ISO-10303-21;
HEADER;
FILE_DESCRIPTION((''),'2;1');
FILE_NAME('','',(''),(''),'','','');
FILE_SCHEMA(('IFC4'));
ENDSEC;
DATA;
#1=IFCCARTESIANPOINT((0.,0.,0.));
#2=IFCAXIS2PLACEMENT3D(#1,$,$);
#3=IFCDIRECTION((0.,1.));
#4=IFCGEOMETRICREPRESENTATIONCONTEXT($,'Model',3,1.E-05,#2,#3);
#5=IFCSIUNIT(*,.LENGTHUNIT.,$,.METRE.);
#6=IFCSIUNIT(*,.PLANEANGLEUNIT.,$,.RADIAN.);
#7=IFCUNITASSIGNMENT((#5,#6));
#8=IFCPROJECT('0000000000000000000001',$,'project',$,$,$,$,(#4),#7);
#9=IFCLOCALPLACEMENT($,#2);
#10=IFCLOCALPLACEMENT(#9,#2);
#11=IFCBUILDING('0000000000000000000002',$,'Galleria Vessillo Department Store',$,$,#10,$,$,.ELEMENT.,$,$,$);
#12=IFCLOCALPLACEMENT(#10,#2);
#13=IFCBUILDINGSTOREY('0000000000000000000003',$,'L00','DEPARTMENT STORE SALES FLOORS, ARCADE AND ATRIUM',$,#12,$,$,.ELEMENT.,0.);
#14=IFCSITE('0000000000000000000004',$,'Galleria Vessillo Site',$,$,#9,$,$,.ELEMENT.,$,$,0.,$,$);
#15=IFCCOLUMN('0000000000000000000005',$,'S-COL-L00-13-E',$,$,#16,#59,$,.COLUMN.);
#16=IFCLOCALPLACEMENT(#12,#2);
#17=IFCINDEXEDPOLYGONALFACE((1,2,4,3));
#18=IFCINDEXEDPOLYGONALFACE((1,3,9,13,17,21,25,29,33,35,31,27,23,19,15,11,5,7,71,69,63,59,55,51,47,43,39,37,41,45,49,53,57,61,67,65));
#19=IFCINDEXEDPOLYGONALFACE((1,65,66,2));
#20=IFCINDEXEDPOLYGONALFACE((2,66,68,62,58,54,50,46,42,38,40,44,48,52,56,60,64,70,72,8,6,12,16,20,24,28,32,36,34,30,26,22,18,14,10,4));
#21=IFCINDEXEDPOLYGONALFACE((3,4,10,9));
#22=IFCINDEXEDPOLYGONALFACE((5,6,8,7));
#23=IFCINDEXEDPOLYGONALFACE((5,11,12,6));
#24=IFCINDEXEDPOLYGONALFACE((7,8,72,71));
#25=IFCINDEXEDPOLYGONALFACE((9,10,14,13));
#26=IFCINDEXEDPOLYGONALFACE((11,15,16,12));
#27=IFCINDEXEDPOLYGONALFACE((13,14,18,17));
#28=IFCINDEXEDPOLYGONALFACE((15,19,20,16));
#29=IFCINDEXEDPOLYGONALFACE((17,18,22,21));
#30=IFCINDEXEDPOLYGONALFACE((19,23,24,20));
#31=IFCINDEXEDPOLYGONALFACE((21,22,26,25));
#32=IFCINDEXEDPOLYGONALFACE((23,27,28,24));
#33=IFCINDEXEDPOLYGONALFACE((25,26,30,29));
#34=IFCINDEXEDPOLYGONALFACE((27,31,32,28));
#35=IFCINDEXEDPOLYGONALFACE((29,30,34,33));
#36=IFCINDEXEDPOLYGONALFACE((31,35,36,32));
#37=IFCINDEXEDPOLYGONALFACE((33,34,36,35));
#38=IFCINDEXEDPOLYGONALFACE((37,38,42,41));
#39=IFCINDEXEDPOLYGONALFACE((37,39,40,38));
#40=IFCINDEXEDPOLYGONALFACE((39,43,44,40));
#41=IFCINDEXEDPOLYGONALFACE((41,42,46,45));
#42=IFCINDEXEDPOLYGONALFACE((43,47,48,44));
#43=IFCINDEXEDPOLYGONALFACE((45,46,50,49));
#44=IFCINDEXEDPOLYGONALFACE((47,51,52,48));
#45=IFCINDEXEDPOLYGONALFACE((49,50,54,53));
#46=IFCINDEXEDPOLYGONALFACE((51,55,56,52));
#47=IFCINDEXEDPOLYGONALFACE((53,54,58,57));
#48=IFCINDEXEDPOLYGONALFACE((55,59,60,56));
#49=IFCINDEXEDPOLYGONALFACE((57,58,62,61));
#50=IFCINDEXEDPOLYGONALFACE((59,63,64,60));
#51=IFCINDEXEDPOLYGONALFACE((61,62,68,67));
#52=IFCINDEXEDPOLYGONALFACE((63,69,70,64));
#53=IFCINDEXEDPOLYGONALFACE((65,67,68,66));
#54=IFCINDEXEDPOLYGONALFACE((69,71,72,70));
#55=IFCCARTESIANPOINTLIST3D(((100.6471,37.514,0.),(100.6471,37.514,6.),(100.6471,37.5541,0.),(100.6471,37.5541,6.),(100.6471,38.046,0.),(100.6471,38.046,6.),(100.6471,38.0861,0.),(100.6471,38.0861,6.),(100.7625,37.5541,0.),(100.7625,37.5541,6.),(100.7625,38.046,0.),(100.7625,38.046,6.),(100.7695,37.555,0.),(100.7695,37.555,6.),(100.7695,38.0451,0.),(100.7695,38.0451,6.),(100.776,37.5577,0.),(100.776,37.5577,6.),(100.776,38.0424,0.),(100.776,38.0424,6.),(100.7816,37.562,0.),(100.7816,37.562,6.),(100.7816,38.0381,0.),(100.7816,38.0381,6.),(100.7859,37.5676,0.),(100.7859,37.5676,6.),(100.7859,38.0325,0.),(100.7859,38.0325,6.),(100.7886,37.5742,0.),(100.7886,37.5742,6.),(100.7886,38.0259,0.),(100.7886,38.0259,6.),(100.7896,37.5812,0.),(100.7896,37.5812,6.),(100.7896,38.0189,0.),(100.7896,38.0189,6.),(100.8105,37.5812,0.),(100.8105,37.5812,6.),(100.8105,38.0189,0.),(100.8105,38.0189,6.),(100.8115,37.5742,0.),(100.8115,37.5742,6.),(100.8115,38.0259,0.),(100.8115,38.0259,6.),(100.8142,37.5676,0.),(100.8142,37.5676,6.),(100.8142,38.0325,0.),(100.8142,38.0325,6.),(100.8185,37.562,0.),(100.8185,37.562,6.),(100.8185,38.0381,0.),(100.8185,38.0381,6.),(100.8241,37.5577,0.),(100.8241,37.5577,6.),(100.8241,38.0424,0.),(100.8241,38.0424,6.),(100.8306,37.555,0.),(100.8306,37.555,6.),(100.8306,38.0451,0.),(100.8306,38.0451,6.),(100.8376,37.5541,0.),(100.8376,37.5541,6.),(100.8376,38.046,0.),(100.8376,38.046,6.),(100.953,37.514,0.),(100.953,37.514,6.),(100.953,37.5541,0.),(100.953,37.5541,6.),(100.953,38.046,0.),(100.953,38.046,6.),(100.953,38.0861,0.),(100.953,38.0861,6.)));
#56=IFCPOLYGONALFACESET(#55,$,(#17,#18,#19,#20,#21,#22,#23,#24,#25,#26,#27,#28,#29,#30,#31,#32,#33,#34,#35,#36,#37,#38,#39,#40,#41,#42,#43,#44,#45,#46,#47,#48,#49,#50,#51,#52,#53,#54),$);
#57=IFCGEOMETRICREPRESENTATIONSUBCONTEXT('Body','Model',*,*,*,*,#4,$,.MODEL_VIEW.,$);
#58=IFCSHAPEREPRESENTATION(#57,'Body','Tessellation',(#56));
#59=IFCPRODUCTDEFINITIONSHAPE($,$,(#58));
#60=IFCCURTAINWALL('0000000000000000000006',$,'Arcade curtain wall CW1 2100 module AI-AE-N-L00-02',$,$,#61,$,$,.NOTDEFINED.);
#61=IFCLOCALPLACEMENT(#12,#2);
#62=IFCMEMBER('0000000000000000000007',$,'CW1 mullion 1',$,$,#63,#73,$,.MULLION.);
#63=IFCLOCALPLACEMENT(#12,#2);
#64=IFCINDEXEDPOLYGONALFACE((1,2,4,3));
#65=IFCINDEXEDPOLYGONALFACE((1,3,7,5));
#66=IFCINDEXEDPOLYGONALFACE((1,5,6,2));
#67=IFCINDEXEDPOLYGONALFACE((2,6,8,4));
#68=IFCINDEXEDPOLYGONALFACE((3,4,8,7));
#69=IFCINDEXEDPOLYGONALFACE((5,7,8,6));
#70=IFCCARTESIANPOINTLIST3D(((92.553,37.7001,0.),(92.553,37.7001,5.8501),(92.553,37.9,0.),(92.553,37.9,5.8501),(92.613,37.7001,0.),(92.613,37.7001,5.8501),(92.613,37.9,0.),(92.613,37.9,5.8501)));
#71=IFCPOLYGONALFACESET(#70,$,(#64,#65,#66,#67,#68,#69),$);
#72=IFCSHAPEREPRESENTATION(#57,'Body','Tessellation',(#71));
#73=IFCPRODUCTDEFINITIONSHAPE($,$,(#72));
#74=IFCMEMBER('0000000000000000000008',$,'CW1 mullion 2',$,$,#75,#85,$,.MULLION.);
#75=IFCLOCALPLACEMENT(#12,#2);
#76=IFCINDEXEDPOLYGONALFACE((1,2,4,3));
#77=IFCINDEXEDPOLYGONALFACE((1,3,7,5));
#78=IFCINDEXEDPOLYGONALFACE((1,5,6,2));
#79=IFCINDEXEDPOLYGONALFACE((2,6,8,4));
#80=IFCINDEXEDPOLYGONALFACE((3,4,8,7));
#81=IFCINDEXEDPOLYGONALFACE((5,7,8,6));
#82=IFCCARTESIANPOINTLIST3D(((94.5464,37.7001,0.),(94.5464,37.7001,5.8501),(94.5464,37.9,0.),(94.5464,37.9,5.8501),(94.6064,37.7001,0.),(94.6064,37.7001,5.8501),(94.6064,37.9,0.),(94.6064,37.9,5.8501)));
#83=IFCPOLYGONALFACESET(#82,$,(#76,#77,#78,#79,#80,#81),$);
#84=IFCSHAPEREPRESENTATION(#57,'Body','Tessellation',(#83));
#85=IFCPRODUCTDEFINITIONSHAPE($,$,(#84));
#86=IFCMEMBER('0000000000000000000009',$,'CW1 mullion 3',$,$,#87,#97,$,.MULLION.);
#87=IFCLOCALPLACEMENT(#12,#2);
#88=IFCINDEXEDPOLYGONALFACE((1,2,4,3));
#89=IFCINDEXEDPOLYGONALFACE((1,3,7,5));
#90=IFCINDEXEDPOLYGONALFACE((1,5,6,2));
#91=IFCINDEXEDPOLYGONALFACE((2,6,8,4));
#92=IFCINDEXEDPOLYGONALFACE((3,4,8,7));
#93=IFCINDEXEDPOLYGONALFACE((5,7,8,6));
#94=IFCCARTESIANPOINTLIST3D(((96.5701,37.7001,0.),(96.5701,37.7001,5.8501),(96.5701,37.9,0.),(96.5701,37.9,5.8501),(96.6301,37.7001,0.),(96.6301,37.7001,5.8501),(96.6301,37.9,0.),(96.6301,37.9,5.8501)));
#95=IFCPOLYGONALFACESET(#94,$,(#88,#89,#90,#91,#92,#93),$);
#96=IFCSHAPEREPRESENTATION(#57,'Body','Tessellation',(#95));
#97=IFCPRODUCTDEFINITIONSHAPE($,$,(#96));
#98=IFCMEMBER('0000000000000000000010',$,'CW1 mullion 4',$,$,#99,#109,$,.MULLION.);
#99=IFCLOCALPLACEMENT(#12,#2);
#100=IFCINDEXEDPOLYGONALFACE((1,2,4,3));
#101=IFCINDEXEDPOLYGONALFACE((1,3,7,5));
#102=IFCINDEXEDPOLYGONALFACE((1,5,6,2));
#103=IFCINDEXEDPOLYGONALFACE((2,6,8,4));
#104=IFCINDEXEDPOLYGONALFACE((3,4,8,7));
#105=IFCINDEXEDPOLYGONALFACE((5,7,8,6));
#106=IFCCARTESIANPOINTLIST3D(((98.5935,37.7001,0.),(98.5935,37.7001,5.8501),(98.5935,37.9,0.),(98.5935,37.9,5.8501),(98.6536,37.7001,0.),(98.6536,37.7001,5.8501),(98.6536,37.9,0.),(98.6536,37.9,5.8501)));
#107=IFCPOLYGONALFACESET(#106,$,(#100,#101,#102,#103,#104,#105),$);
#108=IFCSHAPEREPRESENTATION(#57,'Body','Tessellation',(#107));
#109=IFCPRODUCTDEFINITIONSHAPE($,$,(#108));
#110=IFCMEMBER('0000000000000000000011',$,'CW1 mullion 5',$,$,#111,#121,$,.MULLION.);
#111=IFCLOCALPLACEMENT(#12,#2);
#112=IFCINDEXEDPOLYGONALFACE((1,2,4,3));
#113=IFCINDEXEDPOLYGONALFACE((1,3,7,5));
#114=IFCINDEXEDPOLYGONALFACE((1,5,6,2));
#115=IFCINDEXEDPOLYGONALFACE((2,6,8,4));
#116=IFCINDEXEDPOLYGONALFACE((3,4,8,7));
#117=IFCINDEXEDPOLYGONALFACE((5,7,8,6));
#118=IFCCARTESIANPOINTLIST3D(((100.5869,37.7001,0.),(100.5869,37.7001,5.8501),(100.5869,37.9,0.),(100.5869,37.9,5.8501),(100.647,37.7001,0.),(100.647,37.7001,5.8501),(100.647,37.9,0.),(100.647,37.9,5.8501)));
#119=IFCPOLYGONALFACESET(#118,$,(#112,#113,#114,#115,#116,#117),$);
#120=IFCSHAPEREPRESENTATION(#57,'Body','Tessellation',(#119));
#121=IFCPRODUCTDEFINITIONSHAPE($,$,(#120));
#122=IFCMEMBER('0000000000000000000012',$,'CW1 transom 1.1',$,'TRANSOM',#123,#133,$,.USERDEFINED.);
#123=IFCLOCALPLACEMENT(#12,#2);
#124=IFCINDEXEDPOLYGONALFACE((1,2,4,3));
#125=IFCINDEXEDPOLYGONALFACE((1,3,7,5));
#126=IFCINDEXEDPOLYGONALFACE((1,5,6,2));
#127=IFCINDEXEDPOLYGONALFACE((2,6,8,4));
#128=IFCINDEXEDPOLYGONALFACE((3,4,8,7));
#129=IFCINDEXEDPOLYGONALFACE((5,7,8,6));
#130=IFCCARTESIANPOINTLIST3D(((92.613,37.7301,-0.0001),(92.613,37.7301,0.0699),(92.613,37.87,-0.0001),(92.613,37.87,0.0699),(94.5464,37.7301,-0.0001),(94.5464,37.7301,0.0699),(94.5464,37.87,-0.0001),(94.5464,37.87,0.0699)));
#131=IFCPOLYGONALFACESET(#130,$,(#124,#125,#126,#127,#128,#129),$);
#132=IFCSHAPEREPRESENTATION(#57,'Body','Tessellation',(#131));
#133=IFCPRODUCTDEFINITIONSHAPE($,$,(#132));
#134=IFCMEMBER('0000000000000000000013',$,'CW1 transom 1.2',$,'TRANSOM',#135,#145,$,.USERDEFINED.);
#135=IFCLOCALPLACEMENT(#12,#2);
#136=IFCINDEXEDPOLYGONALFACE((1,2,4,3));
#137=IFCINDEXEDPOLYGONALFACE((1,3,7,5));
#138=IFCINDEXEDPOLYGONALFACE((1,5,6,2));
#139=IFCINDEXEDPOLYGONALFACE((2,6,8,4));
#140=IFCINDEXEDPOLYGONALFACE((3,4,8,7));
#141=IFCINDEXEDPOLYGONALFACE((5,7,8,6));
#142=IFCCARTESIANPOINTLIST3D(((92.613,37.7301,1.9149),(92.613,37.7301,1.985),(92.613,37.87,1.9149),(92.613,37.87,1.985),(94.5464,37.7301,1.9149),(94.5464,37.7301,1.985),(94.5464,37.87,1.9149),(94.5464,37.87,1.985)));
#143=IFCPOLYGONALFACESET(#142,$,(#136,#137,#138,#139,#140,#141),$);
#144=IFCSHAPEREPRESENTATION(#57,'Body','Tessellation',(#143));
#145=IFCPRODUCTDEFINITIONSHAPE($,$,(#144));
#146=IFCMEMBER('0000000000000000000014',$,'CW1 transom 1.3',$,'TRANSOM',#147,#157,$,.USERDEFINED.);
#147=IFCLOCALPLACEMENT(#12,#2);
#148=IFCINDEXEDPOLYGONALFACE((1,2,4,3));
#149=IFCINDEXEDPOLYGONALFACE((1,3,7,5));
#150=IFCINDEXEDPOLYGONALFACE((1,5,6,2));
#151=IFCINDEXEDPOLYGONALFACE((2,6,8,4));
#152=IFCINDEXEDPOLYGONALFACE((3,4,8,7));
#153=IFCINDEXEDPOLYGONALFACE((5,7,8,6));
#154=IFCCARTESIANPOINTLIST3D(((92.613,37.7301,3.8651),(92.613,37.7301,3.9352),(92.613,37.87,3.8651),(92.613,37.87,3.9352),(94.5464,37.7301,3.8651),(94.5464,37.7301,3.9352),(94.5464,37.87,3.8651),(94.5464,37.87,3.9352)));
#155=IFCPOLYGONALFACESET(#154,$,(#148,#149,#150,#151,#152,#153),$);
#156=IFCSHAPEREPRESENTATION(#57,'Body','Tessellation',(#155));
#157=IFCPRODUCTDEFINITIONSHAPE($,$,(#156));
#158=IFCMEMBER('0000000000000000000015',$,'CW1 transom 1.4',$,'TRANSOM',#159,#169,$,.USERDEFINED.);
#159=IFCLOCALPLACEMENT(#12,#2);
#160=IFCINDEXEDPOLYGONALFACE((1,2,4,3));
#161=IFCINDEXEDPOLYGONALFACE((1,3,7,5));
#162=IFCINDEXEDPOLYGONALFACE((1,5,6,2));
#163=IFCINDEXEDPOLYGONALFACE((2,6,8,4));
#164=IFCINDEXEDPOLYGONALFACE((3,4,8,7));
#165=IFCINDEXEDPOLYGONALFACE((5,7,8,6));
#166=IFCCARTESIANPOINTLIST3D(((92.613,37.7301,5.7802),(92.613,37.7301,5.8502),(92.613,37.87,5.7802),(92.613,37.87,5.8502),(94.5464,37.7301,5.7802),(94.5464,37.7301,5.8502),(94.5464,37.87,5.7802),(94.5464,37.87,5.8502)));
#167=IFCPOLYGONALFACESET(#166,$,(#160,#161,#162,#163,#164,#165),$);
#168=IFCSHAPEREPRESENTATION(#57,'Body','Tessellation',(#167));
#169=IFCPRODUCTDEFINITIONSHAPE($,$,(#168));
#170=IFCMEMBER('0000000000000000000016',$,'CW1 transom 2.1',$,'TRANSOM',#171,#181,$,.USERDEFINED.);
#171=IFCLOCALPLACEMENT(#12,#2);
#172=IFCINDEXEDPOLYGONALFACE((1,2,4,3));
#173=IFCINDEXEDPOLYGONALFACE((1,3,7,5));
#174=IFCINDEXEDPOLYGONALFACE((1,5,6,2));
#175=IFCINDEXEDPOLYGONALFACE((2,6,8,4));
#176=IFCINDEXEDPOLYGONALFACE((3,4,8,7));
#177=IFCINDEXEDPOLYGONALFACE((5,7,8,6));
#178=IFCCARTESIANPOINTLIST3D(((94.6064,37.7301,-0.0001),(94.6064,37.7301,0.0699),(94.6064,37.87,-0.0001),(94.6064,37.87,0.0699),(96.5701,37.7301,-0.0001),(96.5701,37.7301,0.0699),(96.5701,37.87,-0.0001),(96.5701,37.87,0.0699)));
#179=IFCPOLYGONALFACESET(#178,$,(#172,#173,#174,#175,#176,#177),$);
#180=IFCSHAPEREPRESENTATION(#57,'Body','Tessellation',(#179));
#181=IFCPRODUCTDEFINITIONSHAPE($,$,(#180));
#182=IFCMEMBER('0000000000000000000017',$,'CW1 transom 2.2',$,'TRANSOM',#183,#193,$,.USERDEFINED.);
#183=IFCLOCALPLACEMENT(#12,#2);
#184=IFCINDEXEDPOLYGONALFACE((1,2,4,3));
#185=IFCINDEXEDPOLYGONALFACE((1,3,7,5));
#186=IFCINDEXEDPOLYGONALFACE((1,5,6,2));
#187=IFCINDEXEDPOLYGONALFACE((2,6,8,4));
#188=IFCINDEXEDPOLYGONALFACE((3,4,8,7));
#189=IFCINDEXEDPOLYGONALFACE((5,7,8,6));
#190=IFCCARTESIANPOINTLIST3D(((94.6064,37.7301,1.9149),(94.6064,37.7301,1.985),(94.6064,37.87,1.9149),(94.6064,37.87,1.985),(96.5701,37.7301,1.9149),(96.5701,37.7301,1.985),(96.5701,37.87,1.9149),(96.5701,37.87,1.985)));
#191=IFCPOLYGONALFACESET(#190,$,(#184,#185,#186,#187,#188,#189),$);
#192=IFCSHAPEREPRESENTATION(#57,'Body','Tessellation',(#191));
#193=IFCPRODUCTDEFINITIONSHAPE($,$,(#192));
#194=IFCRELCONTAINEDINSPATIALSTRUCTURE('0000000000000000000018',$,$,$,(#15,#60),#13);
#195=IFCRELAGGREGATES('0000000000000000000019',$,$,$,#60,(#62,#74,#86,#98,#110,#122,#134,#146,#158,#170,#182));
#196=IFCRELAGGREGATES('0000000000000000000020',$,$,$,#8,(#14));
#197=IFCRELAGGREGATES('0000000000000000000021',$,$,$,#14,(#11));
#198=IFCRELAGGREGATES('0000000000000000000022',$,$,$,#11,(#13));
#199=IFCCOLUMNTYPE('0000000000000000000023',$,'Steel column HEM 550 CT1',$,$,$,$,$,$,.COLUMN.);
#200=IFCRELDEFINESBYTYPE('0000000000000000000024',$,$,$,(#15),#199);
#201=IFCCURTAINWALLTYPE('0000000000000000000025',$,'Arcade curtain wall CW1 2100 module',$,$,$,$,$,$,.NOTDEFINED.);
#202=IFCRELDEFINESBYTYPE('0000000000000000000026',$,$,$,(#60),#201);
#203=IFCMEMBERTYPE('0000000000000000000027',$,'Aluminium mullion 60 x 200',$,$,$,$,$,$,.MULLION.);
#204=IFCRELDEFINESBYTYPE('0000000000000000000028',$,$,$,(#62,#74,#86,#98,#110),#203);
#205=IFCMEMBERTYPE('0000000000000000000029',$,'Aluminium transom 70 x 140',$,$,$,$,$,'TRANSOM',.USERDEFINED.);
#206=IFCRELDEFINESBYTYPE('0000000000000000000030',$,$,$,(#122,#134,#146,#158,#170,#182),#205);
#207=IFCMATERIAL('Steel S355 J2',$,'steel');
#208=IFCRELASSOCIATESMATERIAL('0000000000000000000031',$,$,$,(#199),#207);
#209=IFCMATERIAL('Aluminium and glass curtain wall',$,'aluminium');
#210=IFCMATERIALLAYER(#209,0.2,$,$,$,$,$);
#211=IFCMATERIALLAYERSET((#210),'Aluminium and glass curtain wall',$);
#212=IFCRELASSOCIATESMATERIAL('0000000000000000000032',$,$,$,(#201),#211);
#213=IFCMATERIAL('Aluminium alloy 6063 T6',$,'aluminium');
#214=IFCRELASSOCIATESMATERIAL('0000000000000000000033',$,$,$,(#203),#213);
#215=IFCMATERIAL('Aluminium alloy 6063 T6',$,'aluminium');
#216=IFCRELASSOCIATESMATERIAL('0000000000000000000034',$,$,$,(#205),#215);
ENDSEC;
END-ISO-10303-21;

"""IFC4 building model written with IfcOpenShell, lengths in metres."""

from ifc_helpers import new_model, si_unit, direction, frame, origin, origin_2d, place, context, subcontext, project, spatial, rectangle, i_section, extrude, material, layer, layer_set, material_profile, profile_set, type_object, element, aggregate, save


model = new_model("IFC4")

# Units and contexts
model_context = context("Model", 3, precision=1e-05, world=origin(), true_north=direction((0.0, 1.0)))
body_context = subcontext(model_context, "Body", "Model", "MODEL_VIEW")
ifc_project = project(units=[si_unit("LENGTHUNIT", "METRE"), si_unit("PLANEANGLEUNIT", "RADIAN")], contexts=[model_context])

# Site, building, storey
site_placement = place(None, origin())
site = spatial("IfcSite", under=ifc_project, at=site_placement, Name="Galleria Vessillo Site", CompositionType="ELEMENT", RefElevation=0.0)
building_placement = place(site_placement, origin())
building = spatial("IfcBuilding", under=site, at=building_placement, Name="Galleria Vessillo Department Store", CompositionType="ELEMENT")
storey_placement = place(building_placement, origin())
storey = spatial("IfcBuildingStorey", under=building, at=storey_placement, Name="L00", Description="DEPARTMENT STORE SALES FLOORS, ARCADE AND ATRIUM", CompositionType="ELEMENT", Elevation=0.0)

# Column
ifc_material_1 = material(Name="Steel S355 J2", Category="steel")
ifc_material_profile_1 = material_profile(ifc_material_1, i_section(OverallWidth=0.3059, OverallDepth=0.572, WebThickness=0.021, FlangeThickness=0.04, FilletRadius=0.0271, at=origin_2d()), Name="HEM 550")
ifc_profile_set_1 = profile_set([ifc_material_profile_1], Name="Steel S355 J2")
column_type = type_object("IfcColumnType", Name="Steel column HEM 550 CT1", PredefinedType="COLUMN", material=ifc_profile_set_1)
column_placement = place(storey_placement, frame((100.8, 37.8, 0.0), z_axis=(0.0, 0.0, 1.0), x_axis=(1.0, 0.0, 0.0)))
element("IfcColumn", 1, at=column_placement, inside=storey, type_object=column_type, Name="S-COL-L00-13-E", PredefinedType="COLUMN", context=body_context, shape_type="SweptSolid", body=[
    extrude(i_section(OverallWidth=0.3059, OverallDepth=0.572, WebThickness=0.021, FlangeThickness=0.04, FilletRadius=0.0271, at=origin_2d()), origin(), (0.0, 0.0, 1.0), 6.0),
])

# Curtain wall, members
ifc_material_2 = material(Name="Aluminium and glass curtain wall", Category="aluminium")
ifc_layer_1 = layer(ifc_material_2, 0.2)
ifc_layer_set_1 = layer_set([ifc_layer_1], Name="Aluminium and glass curtain wall")
curtain_wall_type = type_object("IfcCurtainWallType", Name="Arcade curtain wall CW1 2100 module", PredefinedType="NOTDEFINED", material=ifc_layer_set_1)
curtain_wall_placement = place(storey_placement, origin())
curtain_wall = element("IfcCurtainWall", 2, at=curtain_wall_placement, inside=storey, type_object=curtain_wall_type, Name="Arcade curtain wall CW1 2100 module AI-AE-N-L00-02", PredefinedType="NOTDEFINED")
ifc_material_3 = material(Name="Aluminium alloy 6063 T6", Category="aluminium")
ifc_material_profile_2 = material_profile(ifc_material_3, rectangle(XDim=0.2, YDim=0.0601, at=origin_2d()), Name="AL 60x200")
ifc_profile_set_2 = profile_set([ifc_material_profile_2], Name="Aluminium alloy 6063 T6")
member_type_1 = type_object("IfcMemberType", Name="Aluminium mullion 60 x 200", PredefinedType="MULLION", material=ifc_profile_set_2)
member_1_placement = place(storey_placement, frame((92.583, 37.8, 0.0), z_axis=(0.0, 0.0, 1.0), x_axis=(0.0, 1.0, 0.0)))
member_1 = element("IfcMember", 3, at=member_1_placement, type_object=member_type_1, Name="CW1 mullion 1", PredefinedType="MULLION", context=body_context, shape_type="SweptSolid", body=[
    extrude(rectangle(XDim=0.2, YDim=0.0601, at=origin_2d()), origin(), (0.0, 0.0, 1.0), 5.8501),
])
member_2_placement = place(storey_placement, frame((94.5764, 37.8, 0.0), z_axis=(0.0, 0.0, 1.0), x_axis=(0.0, 1.0, 0.0)))
member_2 = element("IfcMember", 4, at=member_2_placement, type_object=member_type_1, Name="CW1 mullion 2", PredefinedType="MULLION", context=body_context, shape_type="SweptSolid", body=[
    extrude(rectangle(XDim=0.2, YDim=0.0601, at=origin_2d()), origin(), (0.0, 0.0, 1.0), 5.8501),
])
member_3_placement = place(storey_placement, frame((96.6001, 37.8, 0.0), z_axis=(0.0, 0.0, 1.0), x_axis=(0.0, 1.0, 0.0)))
member_3 = element("IfcMember", 5, at=member_3_placement, type_object=member_type_1, Name="CW1 mullion 3", PredefinedType="MULLION", context=body_context, shape_type="SweptSolid", body=[
    extrude(rectangle(XDim=0.2, YDim=0.0601, at=origin_2d()), origin(), (0.0, 0.0, 1.0), 5.8501),
])
member_4_placement = place(storey_placement, frame((98.6235, 37.8, 0.0), z_axis=(0.0, 0.0, 1.0), x_axis=(0.0, 1.0, 0.0)))
member_4 = element("IfcMember", 6, at=member_4_placement, type_object=member_type_1, Name="CW1 mullion 4", PredefinedType="MULLION", context=body_context, shape_type="SweptSolid", body=[
    extrude(rectangle(XDim=0.2, YDim=0.0601, at=origin_2d()), origin(), (0.0, 0.0, 1.0), 5.8501),
])
member_5_placement = place(storey_placement, frame((100.6169, 37.8, 0.0), z_axis=(0.0, 0.0, 1.0), x_axis=(0.0, 1.0, 0.0)))
member_5 = element("IfcMember", 7, at=member_5_placement, type_object=member_type_1, Name="CW1 mullion 5", PredefinedType="MULLION", context=body_context, shape_type="SweptSolid", body=[
    extrude(rectangle(XDim=0.2, YDim=0.0601, at=origin_2d()), origin(), (0.0, 0.0, 1.0), 5.8501),
])
ifc_material_4 = material(Name="Aluminium alloy 6063 T6", Category="aluminium")
ifc_material_profile_3 = material_profile(ifc_material_4, rectangle(XDim=0.1399, YDim=0.0701, at=origin_2d()), Name="AL 70x140")
ifc_profile_set_3 = profile_set([ifc_material_profile_3], Name="Aluminium alloy 6063 T6")
member_type_2 = type_object("IfcMemberType", Name="Aluminium transom 70 x 140", ElementType="TRANSOM", PredefinedType="USERDEFINED", material=ifc_profile_set_3)
member_6_placement = place(storey_placement, frame((92.613, 37.8, 0.0349), z_axis=(1.0, 0.0, 0.0), x_axis=(0.0, 1.0, 0.0)))
member_6 = element("IfcMember", 8, at=member_6_placement, type_object=member_type_2, Name="CW1 transom 1.1", ObjectType="TRANSOM", PredefinedType="USERDEFINED", context=body_context, shape_type="SweptSolid", body=[
    extrude(rectangle(XDim=0.1399, YDim=0.0701, at=origin_2d()), origin(), (0.0, 0.0, 1.0), 1.9333),
])
member_7_placement = place(storey_placement, frame((92.613, 37.8, 1.95), z_axis=(1.0, 0.0, 0.0), x_axis=(0.0, 1.0, 0.0)))
member_7 = element("IfcMember", 9, at=member_7_placement, type_object=member_type_2, Name="CW1 transom 1.2", ObjectType="TRANSOM", PredefinedType="USERDEFINED", context=body_context, shape_type="SweptSolid", body=[
    extrude(rectangle(XDim=0.1399, YDim=0.0701, at=origin_2d()), origin(), (0.0, 0.0, 1.0), 1.9333),
])
member_8_placement = place(storey_placement, frame((92.613, 37.8, 3.9001), z_axis=(1.0, 0.0, 0.0), x_axis=(0.0, 1.0, 0.0)))
member_8 = element("IfcMember", 10, at=member_8_placement, type_object=member_type_2, Name="CW1 transom 1.3", ObjectType="TRANSOM", PredefinedType="USERDEFINED", context=body_context, shape_type="SweptSolid", body=[
    extrude(rectangle(XDim=0.1399, YDim=0.0701, at=origin_2d()), origin(), (0.0, 0.0, 1.0), 1.9333),
])
member_9_placement = place(storey_placement, frame((92.613, 37.8, 5.8152), z_axis=(1.0, 0.0, 0.0), x_axis=(0.0, 1.0, 0.0)))
member_9 = element("IfcMember", 11, at=member_9_placement, type_object=member_type_2, Name="CW1 transom 1.4", ObjectType="TRANSOM", PredefinedType="USERDEFINED", context=body_context, shape_type="SweptSolid", body=[
    extrude(rectangle(XDim=0.1399, YDim=0.0701, at=origin_2d()), origin(), (0.0, 0.0, 1.0), 1.9333),
])
member_10_placement = place(storey_placement, frame((94.6064, 37.8, 0.0349), z_axis=(1.0, 0.0, 0.0), x_axis=(0.0, 1.0, 0.0)))
member_10 = element("IfcMember", 12, at=member_10_placement, type_object=member_type_2, Name="CW1 transom 2.1", ObjectType="TRANSOM", PredefinedType="USERDEFINED", context=body_context, shape_type="SweptSolid", body=[
    extrude(rectangle(XDim=0.1399, YDim=0.0701, at=origin_2d()), origin(), (0.0, 0.0, 1.0), 1.9636),
])
member_11_placement = place(storey_placement, frame((94.6064, 37.8, 1.95), z_axis=(1.0, 0.0, 0.0), x_axis=(0.0, 1.0, 0.0)))
member_11 = element("IfcMember", 13, at=member_11_placement, type_object=member_type_2, Name="CW1 transom 2.2", ObjectType="TRANSOM", PredefinedType="USERDEFINED", context=body_context, shape_type="SweptSolid", body=[
    extrude(rectangle(XDim=0.1399, YDim=0.0701, at=origin_2d()), origin(), (0.0, 0.0, 1.0), 1.9636),
])

aggregate(curtain_wall, [member_1, member_2, member_3, member_4, member_5, member_6, member_7, member_8, member_9, member_10, member_11])

save(model, "model.ifc")
